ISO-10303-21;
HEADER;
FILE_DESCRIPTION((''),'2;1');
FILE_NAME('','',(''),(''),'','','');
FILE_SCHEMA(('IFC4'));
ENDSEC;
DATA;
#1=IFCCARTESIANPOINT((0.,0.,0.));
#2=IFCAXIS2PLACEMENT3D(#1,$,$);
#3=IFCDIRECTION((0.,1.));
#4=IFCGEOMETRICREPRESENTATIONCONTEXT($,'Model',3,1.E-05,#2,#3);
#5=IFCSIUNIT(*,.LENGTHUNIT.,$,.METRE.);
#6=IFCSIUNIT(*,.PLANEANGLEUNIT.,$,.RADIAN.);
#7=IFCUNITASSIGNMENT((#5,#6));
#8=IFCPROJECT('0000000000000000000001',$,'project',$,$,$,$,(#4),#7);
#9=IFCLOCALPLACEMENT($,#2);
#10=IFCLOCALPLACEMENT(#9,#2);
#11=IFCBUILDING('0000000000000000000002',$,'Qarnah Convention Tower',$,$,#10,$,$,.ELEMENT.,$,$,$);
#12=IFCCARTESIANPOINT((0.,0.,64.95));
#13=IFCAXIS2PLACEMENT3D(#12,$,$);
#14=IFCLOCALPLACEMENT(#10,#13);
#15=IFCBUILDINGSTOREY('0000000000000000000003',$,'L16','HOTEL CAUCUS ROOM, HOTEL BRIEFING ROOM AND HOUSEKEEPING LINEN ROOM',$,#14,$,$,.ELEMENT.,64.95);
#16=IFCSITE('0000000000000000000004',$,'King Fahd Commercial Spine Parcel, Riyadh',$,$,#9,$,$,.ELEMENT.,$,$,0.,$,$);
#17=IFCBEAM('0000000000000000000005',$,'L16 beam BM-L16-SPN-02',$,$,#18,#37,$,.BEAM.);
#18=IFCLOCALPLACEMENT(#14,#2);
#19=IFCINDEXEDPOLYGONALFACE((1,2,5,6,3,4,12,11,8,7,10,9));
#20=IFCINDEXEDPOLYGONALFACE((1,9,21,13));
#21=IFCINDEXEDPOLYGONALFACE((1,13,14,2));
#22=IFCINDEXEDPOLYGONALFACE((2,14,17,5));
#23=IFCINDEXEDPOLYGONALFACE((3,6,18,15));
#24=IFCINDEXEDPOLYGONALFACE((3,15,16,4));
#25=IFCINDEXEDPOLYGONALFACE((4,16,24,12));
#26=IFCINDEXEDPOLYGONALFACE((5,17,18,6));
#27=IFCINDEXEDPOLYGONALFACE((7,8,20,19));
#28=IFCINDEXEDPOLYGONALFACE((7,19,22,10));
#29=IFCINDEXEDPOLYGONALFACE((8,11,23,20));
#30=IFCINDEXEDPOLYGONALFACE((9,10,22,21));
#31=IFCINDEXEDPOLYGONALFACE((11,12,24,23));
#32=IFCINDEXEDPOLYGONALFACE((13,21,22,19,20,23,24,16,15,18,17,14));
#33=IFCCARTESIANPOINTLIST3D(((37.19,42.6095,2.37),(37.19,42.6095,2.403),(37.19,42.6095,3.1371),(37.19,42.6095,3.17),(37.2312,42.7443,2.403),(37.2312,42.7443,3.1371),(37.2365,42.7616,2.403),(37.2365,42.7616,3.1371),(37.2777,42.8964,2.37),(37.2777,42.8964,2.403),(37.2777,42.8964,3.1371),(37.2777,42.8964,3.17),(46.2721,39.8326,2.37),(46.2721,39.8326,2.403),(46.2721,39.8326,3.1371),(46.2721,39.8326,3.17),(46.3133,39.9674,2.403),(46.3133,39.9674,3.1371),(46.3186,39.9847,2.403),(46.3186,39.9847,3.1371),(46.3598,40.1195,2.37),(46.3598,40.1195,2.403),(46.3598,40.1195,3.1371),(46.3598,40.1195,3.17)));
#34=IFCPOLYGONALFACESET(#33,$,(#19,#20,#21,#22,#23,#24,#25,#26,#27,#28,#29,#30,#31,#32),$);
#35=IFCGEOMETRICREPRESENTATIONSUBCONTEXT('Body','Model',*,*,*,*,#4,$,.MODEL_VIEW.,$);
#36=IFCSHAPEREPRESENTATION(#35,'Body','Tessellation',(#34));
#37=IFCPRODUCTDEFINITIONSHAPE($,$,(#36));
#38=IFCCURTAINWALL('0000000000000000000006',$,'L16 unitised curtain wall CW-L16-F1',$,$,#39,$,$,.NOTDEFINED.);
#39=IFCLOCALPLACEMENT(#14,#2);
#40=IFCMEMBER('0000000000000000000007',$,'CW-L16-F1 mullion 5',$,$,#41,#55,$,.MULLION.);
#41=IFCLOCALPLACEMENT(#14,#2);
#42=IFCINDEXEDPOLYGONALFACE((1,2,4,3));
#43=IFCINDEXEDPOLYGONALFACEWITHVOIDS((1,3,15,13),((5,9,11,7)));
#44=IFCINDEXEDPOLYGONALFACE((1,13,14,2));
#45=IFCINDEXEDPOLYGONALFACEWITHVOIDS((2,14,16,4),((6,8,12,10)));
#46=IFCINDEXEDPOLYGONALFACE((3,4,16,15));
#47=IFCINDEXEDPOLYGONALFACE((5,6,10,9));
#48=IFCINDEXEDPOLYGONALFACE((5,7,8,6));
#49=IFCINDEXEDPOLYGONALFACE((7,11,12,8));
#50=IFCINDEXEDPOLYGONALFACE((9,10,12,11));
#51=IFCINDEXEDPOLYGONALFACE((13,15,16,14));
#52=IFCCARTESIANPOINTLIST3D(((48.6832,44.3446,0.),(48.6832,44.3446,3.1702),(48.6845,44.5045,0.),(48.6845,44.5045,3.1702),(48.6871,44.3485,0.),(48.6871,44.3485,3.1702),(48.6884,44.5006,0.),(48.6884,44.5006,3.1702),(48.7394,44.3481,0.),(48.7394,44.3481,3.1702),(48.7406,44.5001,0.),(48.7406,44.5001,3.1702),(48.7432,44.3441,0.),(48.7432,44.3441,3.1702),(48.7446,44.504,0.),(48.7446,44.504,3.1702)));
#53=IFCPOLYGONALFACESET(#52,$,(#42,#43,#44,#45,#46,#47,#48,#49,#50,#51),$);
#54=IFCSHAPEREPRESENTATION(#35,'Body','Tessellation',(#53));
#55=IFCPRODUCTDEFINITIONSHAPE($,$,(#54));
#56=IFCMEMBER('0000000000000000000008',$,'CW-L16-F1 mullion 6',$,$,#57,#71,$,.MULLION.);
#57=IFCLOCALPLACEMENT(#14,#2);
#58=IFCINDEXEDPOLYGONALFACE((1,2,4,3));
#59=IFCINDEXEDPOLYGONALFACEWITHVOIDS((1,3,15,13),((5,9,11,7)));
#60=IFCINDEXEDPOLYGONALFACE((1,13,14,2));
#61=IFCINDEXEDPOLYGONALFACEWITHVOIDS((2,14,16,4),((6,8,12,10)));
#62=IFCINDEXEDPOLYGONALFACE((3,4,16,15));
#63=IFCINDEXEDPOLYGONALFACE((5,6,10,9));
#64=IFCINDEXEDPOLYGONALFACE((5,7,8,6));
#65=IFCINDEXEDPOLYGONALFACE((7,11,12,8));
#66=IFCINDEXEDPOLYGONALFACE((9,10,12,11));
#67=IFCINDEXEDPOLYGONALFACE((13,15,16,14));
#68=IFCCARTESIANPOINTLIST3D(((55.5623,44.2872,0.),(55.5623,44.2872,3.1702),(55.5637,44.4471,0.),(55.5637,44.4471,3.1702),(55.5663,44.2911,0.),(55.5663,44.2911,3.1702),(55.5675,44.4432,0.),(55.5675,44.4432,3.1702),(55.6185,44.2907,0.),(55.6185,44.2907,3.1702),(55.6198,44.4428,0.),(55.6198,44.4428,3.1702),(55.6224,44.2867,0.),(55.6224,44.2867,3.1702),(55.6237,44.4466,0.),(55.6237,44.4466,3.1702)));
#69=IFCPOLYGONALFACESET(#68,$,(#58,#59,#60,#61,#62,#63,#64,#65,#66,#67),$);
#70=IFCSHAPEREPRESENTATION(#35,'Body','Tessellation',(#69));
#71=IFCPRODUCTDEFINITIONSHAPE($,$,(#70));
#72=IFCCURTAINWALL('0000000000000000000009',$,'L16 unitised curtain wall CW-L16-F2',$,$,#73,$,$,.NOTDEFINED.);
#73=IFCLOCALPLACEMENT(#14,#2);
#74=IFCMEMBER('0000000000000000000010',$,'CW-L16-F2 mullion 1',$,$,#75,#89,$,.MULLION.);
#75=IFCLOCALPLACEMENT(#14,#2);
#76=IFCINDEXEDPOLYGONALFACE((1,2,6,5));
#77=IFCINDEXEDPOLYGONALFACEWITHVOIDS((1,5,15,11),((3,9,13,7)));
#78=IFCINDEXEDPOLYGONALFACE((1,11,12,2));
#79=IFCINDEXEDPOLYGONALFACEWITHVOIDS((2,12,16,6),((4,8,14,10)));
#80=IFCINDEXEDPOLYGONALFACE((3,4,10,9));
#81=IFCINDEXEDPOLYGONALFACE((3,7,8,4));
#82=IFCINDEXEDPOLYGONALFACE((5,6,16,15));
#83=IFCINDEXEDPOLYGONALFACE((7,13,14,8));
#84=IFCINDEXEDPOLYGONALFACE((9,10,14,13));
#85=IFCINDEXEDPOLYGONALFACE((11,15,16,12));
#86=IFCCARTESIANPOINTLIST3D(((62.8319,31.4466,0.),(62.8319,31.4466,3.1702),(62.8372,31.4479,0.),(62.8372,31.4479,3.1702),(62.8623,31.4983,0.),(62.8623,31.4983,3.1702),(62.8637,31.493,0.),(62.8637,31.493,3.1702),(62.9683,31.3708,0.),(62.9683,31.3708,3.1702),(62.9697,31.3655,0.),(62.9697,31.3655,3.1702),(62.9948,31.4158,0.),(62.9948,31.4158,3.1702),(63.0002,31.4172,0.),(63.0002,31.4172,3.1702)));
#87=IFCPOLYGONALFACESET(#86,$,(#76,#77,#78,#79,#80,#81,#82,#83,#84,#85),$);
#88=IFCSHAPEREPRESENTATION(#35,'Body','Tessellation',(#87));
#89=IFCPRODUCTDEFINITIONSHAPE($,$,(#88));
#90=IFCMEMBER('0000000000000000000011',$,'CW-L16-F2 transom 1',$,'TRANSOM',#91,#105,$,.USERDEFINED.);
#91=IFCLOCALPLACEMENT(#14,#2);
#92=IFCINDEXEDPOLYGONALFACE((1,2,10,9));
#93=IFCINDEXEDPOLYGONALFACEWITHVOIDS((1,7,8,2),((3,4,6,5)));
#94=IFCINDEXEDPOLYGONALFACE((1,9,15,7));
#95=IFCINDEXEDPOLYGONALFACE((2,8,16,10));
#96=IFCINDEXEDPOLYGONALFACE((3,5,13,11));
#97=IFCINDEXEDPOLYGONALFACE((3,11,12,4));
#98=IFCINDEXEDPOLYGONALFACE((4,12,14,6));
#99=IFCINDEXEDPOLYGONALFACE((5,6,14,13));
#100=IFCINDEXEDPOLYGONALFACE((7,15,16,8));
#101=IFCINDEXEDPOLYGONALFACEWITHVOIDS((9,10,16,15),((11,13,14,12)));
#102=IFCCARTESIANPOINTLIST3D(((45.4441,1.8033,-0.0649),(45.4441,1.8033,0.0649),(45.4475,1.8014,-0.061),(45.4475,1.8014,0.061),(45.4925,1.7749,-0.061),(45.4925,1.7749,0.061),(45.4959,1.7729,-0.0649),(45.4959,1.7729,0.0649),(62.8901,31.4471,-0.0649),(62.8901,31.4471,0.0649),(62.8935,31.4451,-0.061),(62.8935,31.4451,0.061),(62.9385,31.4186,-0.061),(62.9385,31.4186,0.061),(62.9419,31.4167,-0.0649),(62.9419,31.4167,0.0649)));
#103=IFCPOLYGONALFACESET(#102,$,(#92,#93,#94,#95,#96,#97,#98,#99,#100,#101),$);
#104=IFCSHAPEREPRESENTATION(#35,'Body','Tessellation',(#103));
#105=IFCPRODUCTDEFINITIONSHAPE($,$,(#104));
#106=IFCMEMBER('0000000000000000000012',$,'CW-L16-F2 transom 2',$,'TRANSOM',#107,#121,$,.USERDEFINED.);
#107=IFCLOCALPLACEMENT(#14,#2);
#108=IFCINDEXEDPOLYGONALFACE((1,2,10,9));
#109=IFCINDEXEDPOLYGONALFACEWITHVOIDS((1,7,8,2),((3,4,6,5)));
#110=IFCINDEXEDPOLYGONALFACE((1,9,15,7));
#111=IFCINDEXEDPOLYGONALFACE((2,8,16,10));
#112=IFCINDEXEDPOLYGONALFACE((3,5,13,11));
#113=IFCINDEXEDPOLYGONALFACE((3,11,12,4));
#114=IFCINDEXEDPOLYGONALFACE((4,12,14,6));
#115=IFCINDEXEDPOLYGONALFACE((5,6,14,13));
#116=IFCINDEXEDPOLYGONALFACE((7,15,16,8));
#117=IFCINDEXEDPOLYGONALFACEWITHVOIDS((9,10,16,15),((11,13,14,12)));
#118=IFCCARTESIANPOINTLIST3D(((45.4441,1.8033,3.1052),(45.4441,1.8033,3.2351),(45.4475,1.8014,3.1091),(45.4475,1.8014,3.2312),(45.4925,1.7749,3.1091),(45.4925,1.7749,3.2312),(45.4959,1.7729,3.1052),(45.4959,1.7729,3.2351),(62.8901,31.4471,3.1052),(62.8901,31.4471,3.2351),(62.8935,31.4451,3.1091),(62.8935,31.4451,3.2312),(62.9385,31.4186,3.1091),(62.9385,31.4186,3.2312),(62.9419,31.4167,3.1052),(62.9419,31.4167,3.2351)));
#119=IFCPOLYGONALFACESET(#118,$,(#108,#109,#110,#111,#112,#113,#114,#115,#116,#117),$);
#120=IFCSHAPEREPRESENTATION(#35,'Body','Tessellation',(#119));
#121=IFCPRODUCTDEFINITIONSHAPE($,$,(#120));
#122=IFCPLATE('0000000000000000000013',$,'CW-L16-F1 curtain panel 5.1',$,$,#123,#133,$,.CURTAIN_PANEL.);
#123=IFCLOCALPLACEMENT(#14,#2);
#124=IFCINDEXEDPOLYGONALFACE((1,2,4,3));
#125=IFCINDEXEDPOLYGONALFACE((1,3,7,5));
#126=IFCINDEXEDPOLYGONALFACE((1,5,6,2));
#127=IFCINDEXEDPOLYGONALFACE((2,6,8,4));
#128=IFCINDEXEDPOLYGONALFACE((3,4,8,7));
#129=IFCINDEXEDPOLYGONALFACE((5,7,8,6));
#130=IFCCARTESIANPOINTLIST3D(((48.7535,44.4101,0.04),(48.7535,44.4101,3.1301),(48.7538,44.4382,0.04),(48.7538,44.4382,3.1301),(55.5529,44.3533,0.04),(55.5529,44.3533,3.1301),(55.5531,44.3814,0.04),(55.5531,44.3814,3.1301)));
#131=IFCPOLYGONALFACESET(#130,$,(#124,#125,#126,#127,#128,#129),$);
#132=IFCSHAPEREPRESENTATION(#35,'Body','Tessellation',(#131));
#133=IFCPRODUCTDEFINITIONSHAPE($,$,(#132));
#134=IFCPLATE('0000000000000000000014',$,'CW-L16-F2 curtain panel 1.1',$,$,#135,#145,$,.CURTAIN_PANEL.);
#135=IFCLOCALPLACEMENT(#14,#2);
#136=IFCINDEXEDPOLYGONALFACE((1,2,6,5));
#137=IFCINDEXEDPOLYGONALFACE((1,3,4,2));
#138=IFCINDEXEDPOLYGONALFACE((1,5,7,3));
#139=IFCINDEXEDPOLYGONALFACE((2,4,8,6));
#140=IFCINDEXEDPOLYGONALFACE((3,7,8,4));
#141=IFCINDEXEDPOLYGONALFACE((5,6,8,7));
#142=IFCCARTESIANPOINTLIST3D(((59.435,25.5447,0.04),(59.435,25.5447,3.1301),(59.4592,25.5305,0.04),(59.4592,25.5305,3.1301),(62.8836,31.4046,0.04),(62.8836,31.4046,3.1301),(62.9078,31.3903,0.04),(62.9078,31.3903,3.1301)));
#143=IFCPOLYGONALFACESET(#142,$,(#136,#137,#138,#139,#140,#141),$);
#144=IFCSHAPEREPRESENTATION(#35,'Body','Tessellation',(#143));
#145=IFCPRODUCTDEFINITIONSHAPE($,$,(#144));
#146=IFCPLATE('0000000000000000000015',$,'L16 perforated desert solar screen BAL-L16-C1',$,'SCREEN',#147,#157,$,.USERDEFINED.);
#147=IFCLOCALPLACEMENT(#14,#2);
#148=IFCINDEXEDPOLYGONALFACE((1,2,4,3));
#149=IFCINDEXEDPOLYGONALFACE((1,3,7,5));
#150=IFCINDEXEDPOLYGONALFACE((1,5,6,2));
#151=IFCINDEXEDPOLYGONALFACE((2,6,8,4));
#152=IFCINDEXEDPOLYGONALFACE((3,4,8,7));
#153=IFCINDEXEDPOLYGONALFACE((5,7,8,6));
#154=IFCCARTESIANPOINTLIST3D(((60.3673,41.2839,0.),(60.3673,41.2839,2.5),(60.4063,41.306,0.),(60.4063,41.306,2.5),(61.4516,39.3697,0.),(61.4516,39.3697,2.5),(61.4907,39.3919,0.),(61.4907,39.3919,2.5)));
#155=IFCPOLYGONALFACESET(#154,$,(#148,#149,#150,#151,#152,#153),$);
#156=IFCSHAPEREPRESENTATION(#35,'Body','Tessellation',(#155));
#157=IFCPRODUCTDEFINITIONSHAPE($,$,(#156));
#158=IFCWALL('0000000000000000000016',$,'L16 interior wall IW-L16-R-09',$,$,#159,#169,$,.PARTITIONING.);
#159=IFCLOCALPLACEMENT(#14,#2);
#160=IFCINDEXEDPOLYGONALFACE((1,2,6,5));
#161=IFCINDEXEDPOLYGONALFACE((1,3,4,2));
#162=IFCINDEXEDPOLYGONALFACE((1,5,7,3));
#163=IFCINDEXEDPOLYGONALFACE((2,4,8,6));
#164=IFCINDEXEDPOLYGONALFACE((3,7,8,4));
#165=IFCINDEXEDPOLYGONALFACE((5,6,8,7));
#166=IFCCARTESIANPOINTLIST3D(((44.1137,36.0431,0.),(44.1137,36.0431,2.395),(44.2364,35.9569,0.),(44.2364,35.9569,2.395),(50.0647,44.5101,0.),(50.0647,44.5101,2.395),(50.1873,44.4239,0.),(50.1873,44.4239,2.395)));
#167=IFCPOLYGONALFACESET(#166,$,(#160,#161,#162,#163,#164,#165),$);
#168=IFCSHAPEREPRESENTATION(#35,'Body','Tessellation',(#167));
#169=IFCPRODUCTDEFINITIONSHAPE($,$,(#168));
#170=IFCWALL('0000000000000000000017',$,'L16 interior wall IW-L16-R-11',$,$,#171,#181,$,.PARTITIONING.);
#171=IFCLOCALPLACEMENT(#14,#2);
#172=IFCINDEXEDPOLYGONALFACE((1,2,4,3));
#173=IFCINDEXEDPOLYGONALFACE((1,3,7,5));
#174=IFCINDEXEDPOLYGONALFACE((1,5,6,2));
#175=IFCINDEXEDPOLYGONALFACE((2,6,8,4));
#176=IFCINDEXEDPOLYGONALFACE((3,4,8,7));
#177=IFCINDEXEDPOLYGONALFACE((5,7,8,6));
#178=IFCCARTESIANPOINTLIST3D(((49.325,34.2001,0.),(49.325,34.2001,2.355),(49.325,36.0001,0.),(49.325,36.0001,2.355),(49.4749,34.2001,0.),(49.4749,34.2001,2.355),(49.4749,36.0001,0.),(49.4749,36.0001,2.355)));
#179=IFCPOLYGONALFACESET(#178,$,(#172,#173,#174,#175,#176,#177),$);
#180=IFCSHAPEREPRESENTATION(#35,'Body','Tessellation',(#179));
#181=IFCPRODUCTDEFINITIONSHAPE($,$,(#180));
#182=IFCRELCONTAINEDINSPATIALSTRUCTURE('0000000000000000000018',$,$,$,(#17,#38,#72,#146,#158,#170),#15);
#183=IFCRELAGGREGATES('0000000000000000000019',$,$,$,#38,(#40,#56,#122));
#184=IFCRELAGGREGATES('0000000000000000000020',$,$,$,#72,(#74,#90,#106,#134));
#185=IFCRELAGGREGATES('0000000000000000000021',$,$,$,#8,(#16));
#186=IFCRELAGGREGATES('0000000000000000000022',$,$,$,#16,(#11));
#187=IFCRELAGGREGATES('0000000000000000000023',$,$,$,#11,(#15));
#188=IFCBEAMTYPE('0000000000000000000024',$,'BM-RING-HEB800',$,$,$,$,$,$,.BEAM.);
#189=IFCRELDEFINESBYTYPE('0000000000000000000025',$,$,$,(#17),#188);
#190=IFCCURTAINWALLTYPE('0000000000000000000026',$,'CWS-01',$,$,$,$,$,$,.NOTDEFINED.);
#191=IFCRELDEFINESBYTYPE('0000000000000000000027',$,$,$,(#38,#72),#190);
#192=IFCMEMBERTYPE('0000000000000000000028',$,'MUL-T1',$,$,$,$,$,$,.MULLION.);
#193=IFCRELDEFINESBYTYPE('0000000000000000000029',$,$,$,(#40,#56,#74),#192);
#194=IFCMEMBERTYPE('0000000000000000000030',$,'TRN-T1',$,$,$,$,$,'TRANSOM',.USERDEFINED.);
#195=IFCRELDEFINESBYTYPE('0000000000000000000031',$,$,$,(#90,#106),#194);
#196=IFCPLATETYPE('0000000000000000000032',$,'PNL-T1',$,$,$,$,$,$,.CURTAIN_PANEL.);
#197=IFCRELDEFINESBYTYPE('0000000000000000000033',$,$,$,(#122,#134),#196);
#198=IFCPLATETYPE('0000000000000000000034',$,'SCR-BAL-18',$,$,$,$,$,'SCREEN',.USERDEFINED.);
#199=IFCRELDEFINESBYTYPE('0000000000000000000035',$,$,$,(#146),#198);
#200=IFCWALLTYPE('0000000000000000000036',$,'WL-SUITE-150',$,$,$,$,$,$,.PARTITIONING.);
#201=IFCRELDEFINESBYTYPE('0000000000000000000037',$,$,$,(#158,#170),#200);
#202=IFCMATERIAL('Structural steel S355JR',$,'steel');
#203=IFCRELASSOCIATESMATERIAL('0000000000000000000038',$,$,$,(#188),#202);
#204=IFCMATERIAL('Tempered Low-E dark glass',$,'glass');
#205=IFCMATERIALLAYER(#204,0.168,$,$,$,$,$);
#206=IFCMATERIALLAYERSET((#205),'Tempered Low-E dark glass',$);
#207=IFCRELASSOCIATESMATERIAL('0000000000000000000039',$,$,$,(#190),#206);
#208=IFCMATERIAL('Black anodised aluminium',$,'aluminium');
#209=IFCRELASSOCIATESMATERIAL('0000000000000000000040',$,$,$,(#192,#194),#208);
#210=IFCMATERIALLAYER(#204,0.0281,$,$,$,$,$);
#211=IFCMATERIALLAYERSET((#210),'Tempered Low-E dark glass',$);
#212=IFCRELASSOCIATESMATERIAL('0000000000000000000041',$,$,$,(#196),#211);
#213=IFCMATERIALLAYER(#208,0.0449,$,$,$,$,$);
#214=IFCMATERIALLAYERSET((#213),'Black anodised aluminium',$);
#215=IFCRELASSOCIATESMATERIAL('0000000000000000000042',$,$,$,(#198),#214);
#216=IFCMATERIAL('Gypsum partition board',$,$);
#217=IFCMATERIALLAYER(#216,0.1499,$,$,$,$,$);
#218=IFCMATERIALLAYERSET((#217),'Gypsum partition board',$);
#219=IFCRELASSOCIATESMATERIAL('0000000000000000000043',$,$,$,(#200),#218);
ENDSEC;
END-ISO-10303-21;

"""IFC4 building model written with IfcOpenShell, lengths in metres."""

from ifc_helpers import new_model, si_unit, direction, frame, frame_2d, origin, origin_2d, place, context, subcontext, project, spatial, rectangle, hollow_rectangle, i_section, extrude, material, layer, layer_set, material_profile, profile_set, type_object, element, aggregate, save


model = new_model("IFC4")

# Units and contexts
model_context = context("Model", 3, precision=1e-05, world=origin(), true_north=direction((0.0, 1.0)))
body_context = subcontext(model_context, "Body", "Model", "MODEL_VIEW")
ifc_project = project(units=[si_unit("LENGTHUNIT", "METRE"), si_unit("PLANEANGLEUNIT", "RADIAN")], contexts=[model_context])

# Site, building, storey
site_placement = place(None, origin())
site = spatial("IfcSite", under=ifc_project, at=site_placement, Name="King Fahd Commercial Spine Parcel, Riyadh", CompositionType="ELEMENT", RefElevation=0.0)
building_placement = place(site_placement, origin())
building = spatial("IfcBuilding", under=site, at=building_placement, Name="Qarnah Convention Tower", CompositionType="ELEMENT")
storey_placement = place(building_placement, frame((0.0, 0.0, 64.95)))
storey = spatial("IfcBuildingStorey", under=building, at=storey_placement, Name="L16", Description="HOTEL CAUCUS ROOM, HOTEL BRIEFING ROOM AND HOUSEKEEPING LINEN ROOM", CompositionType="ELEMENT", Elevation=64.95)

# Beam
ifc_material_1 = material(Name="Structural steel S355JR", Category="steel")
ifc_material_profile_1 = material_profile(ifc_material_1, i_section(OverallWidth=0.3, OverallDepth=0.8, WebThickness=0.0181, FlangeThickness=0.033, at=origin_2d()), Name="HEB800")
ifc_profile_set_1 = profile_set([ifc_material_profile_1], Name="Structural steel S355JR")
beam_type_1 = type_object("IfcBeamType", Name="BM-RING-HEB800", PredefinedType="BEAM", material=ifc_profile_set_1)
beam_1_placement = place(storey_placement, frame((46.3159, 39.9761, 2.77), z_axis=(-0.956299, 0.292391, 0.0), x_axis=(-0.292391, -0.956299, 0.0)))
element("IfcBeam", 1, at=beam_1_placement, inside=storey, type_object=beam_type_1, Name="L16 beam BM-L16-SPN-02", PredefinedType="BEAM", context=body_context, shape_type="SweptSolid", body=[
    extrude(i_section(OverallWidth=0.3, OverallDepth=0.8, WebThickness=0.0181, FlangeThickness=0.033, at=origin_2d()), origin(), (0.0, 0.0, 1.0), 9.4971),
])

# Curtain walls, members
ifc_material_2 = material(Name="Tempered Low-E dark glass", Category="glass")
ifc_layer_1 = layer(ifc_material_2, 0.168)
ifc_layer_set_1 = layer_set([ifc_layer_1], Name="Tempered Low-E dark glass")
curtain_wall_type = type_object("IfcCurtainWallType", Name="CWS-01", PredefinedType="NOTDEFINED", material=ifc_layer_set_1)
curtain_wall_1_placement = place(storey_placement, origin())
curtain_wall_1 = element("IfcCurtainWall", 2, at=curtain_wall_1_placement, inside=storey, type_object=curtain_wall_type, Name="L16 unitised curtain wall CW-L16-F1", PredefinedType="NOTDEFINED")
ifc_material_3 = material(Name="Black anodised aluminium", Category="aluminium")
ifc_material_profile_2 = material_profile(ifc_material_3, hollow_rectangle(XDim=0.0601, YDim=0.1599, WallThickness=0.0039, at=origin_2d()), Name="MUL-60X160")
ifc_profile_set_2 = profile_set([ifc_material_profile_2], Name="Black anodised aluminium")
member_type_1 = type_object("IfcMemberType", Name="MUL-T1", PredefinedType="MULLION", material=ifc_profile_set_2)
member_1_placement = place(storey_placement, frame((48.7139, 44.4243, 0.0), z_axis=(0.0, 0.0, 1.0), x_axis=(0.999965, -0.008344, 0.0)))
member_1 = element("IfcMember", 3, at=member_1_placement, type_object=member_type_1, Name="CW-L16-F1 mullion 5", PredefinedType="MULLION", context=body_context, shape_type="SweptSolid", body=[
    extrude(hollow_rectangle(XDim=0.0601, YDim=0.1599, WallThickness=0.0039, at=origin_2d()), origin(), (0.0, 0.0, 1.0), 3.1702),
])
member_2_placement = place(storey_placement, frame((55.593, 44.3669, 0.0), z_axis=(0.0, 0.0, 1.0), x_axis=(0.999965, -0.008344, 0.0)))
member_2 = element("IfcMember", 4, at=member_2_placement, type_object=member_type_1, Name="CW-L16-F1 mullion 6", PredefinedType="MULLION", context=body_context, shape_type="SweptSolid", body=[
    extrude(hollow_rectangle(XDim=0.0601, YDim=0.1599, WallThickness=0.0039, at=origin_2d()), origin(), (0.0, 0.0, 1.0), 3.1702),
])
curtain_wall_2_placement = place(storey_placement, origin())
curtain_wall_2 = element("IfcCurtainWall", 5, at=curtain_wall_2_placement, inside=storey, type_object=curtain_wall_type, Name="L16 unitised curtain wall CW-L16-F2", PredefinedType="NOTDEFINED")
member_3_placement = place(storey_placement, frame((62.916, 31.4319, 0.0), z_axis=(0.0, 0.0, 1.0), x_axis=(-0.507201, -0.861828, 0.0)))
member_3 = element("IfcMember", 6, at=member_3_placement, type_object=member_type_1, Name="CW-L16-F2 mullion 1", PredefinedType="MULLION", context=body_context, shape_type="SweptSolid", body=[
    extrude(hollow_rectangle(XDim=0.0601, YDim=0.1599, WallThickness=0.0039, at=origin_2d()), origin(), (0.0, 0.0, 1.0), 3.1702),
])
ifc_material_profile_3 = material_profile(ifc_material_3, hollow_rectangle(XDim=0.0601, YDim=0.1299, WallThickness=0.0039, at=origin_2d()), Name="TRN-60X130")
ifc_profile_set_3 = profile_set([ifc_material_profile_3], Name="Black anodised aluminium")
member_type_2 = type_object("IfcMemberType", Name="TRN-T1", ElementType="TRANSOM", PredefinedType="USERDEFINED", material=ifc_profile_set_3)
member_4_placement = place(storey_placement, frame((62.916, 31.4319, 0.0), z_axis=(-0.507204, -0.861826, 0.0), x_axis=(0.861826, -0.507204, 0.0)))
member_4 = element("IfcMember", 7, at=member_4_placement, type_object=member_type_2, Name="CW-L16-F2 transom 1", ObjectType="TRANSOM", PredefinedType="USERDEFINED", context=body_context, shape_type="SweptSolid", body=[
    extrude(hollow_rectangle(XDim=0.0601, YDim=0.1299, WallThickness=0.0039, at=origin_2d()), origin(), (0.0, 0.0, 1.0), 34.3965),
])
member_5_placement = place(storey_placement, frame((62.916, 31.4319, 3.1702), z_axis=(-0.507204, -0.861826, 0.0), x_axis=(0.861826, -0.507204, 0.0)))
member_5 = element("IfcMember", 8, at=member_5_placement, type_object=member_type_2, Name="CW-L16-F2 transom 2", ObjectType="TRANSOM", PredefinedType="USERDEFINED", context=body_context, shape_type="SweptSolid", body=[
    extrude(hollow_rectangle(XDim=0.0601, YDim=0.1299, WallThickness=0.0039, at=origin_2d()), origin(), (0.0, 0.0, 1.0), 34.3965),
])

# Plates
ifc_layer_2 = layer(ifc_material_2, 0.0281)
ifc_layer_set_2 = layer_set([ifc_layer_2], Name="Tempered Low-E dark glass")
plate_type_1 = type_object("IfcPlateType", Name="PNL-T1", PredefinedType="CURTAIN_PANEL", material=ifc_layer_set_2)
plate_1_placement = place(storey_placement, frame((52.1533, 44.3958, 0.04), z_axis=(0.0, 0.0, 1.0), x_axis=(0.999965, -0.008344, 0.0)))
plate_1 = element("IfcPlate", 9, at=plate_1_placement, type_object=plate_type_1, Name="CW-L16-F1 curtain panel 5.1", PredefinedType="CURTAIN_PANEL", context=body_context, shape_type="SweptSolid", body=[
    extrude(rectangle(XDim=6.7996, YDim=0.0281, at=origin_2d()), origin(), (0.0, 0.0, 1.0), 3.0901),
])
aggregate(curtain_wall_1, [member_1, member_2, plate_1])
plate_2_placement = place(storey_placement, frame((61.1714, 28.4675, 0.04), z_axis=(0.0, 0.0, 1.0), x_axis=(-0.507201, -0.861828, 0.0)))
plate_2 = element("IfcPlate", 10, at=plate_2_placement, type_object=plate_type_1, Name="CW-L16-F2 curtain panel 1.1", PredefinedType="CURTAIN_PANEL", context=body_context, shape_type="SweptSolid", body=[
    extrude(rectangle(XDim=6.7993, YDim=0.0281, at=origin_2d()), origin(), (0.0, 0.0, 1.0), 3.0901),
])
aggregate(curtain_wall_2, [member_3, member_4, member_5, plate_2])
ifc_layer_3 = layer(ifc_material_3, 0.0449)
ifc_layer_set_3 = layer_set([ifc_layer_3], Name="Black anodised aluminium")
plate_type_2 = type_object("IfcPlateType", Name="SCR-BAL-18", ElementType="SCREEN", PredefinedType="USERDEFINED", material=ifc_layer_set_3)
plate_3_placement = place(storey_placement, frame((60.929, 40.3379, 0.0), z_axis=(0.0, 0.0, 1.0), x_axis=(0.492881, -0.870097, 0.0)))
element("IfcPlate", 11, at=plate_3_placement, inside=storey, type_object=plate_type_2, Name="L16 perforated desert solar screen BAL-L16-C1", ObjectType="SCREEN", PredefinedType="USERDEFINED", context=body_context, shape_type="SweptSolid", body=[
    extrude(rectangle(XDim=2.2, YDim=0.0449, at=origin_2d()), origin(), (0.0, 0.0, 1.0), 2.5),
])

# Walls
ifc_material_4 = material(Name="Gypsum partition board")
ifc_layer_4 = layer(ifc_material_4, 0.1499)
ifc_layer_set_4 = layer_set([ifc_layer_4], Name="Gypsum partition board")
wall_type_1 = type_object("IfcWallType", Name="WL-SUITE-150", PredefinedType="PARTITIONING", material=ifc_layer_set_4)
wall_1_placement = place(storey_placement, frame((50.126, 44.467, 0.0), z_axis=(0.0, 0.0, 1.0), x_axis=(-0.575018, -0.818141, 0.0)))
element("IfcWall", 12, at=wall_1_placement, inside=storey, type_object=wall_type_1, Name="L16 interior wall IW-L16-R-09", PredefinedType="PARTITIONING", context=body_context, shape_type="SweptSolid", body=[
    extrude(rectangle(XDim=10.3491, YDim=0.1499, at=frame_2d((5.1746, 0.0))), origin(), (0.0, 0.0, 1.0), 2.395),
])
wall_2_placement = place(storey_placement, frame((49.3999, 36.0, 0.0), z_axis=(0.0, 0.0, 1.0), x_axis=(0.0, -1.0, 0.0)))
element("IfcWall", 13, at=wall_2_placement, inside=storey, type_object=wall_type_1, Name="L16 interior wall IW-L16-R-11", PredefinedType="PARTITIONING", context=body_context, shape_type="SweptSolid", body=[
    extrude(rectangle(XDim=1.8, YDim=0.1499, at=frame_2d((0.8999, 0.0))), origin(), (0.0, 0.0, 1.0), 2.355),
])

save(model, "model.ifc")
